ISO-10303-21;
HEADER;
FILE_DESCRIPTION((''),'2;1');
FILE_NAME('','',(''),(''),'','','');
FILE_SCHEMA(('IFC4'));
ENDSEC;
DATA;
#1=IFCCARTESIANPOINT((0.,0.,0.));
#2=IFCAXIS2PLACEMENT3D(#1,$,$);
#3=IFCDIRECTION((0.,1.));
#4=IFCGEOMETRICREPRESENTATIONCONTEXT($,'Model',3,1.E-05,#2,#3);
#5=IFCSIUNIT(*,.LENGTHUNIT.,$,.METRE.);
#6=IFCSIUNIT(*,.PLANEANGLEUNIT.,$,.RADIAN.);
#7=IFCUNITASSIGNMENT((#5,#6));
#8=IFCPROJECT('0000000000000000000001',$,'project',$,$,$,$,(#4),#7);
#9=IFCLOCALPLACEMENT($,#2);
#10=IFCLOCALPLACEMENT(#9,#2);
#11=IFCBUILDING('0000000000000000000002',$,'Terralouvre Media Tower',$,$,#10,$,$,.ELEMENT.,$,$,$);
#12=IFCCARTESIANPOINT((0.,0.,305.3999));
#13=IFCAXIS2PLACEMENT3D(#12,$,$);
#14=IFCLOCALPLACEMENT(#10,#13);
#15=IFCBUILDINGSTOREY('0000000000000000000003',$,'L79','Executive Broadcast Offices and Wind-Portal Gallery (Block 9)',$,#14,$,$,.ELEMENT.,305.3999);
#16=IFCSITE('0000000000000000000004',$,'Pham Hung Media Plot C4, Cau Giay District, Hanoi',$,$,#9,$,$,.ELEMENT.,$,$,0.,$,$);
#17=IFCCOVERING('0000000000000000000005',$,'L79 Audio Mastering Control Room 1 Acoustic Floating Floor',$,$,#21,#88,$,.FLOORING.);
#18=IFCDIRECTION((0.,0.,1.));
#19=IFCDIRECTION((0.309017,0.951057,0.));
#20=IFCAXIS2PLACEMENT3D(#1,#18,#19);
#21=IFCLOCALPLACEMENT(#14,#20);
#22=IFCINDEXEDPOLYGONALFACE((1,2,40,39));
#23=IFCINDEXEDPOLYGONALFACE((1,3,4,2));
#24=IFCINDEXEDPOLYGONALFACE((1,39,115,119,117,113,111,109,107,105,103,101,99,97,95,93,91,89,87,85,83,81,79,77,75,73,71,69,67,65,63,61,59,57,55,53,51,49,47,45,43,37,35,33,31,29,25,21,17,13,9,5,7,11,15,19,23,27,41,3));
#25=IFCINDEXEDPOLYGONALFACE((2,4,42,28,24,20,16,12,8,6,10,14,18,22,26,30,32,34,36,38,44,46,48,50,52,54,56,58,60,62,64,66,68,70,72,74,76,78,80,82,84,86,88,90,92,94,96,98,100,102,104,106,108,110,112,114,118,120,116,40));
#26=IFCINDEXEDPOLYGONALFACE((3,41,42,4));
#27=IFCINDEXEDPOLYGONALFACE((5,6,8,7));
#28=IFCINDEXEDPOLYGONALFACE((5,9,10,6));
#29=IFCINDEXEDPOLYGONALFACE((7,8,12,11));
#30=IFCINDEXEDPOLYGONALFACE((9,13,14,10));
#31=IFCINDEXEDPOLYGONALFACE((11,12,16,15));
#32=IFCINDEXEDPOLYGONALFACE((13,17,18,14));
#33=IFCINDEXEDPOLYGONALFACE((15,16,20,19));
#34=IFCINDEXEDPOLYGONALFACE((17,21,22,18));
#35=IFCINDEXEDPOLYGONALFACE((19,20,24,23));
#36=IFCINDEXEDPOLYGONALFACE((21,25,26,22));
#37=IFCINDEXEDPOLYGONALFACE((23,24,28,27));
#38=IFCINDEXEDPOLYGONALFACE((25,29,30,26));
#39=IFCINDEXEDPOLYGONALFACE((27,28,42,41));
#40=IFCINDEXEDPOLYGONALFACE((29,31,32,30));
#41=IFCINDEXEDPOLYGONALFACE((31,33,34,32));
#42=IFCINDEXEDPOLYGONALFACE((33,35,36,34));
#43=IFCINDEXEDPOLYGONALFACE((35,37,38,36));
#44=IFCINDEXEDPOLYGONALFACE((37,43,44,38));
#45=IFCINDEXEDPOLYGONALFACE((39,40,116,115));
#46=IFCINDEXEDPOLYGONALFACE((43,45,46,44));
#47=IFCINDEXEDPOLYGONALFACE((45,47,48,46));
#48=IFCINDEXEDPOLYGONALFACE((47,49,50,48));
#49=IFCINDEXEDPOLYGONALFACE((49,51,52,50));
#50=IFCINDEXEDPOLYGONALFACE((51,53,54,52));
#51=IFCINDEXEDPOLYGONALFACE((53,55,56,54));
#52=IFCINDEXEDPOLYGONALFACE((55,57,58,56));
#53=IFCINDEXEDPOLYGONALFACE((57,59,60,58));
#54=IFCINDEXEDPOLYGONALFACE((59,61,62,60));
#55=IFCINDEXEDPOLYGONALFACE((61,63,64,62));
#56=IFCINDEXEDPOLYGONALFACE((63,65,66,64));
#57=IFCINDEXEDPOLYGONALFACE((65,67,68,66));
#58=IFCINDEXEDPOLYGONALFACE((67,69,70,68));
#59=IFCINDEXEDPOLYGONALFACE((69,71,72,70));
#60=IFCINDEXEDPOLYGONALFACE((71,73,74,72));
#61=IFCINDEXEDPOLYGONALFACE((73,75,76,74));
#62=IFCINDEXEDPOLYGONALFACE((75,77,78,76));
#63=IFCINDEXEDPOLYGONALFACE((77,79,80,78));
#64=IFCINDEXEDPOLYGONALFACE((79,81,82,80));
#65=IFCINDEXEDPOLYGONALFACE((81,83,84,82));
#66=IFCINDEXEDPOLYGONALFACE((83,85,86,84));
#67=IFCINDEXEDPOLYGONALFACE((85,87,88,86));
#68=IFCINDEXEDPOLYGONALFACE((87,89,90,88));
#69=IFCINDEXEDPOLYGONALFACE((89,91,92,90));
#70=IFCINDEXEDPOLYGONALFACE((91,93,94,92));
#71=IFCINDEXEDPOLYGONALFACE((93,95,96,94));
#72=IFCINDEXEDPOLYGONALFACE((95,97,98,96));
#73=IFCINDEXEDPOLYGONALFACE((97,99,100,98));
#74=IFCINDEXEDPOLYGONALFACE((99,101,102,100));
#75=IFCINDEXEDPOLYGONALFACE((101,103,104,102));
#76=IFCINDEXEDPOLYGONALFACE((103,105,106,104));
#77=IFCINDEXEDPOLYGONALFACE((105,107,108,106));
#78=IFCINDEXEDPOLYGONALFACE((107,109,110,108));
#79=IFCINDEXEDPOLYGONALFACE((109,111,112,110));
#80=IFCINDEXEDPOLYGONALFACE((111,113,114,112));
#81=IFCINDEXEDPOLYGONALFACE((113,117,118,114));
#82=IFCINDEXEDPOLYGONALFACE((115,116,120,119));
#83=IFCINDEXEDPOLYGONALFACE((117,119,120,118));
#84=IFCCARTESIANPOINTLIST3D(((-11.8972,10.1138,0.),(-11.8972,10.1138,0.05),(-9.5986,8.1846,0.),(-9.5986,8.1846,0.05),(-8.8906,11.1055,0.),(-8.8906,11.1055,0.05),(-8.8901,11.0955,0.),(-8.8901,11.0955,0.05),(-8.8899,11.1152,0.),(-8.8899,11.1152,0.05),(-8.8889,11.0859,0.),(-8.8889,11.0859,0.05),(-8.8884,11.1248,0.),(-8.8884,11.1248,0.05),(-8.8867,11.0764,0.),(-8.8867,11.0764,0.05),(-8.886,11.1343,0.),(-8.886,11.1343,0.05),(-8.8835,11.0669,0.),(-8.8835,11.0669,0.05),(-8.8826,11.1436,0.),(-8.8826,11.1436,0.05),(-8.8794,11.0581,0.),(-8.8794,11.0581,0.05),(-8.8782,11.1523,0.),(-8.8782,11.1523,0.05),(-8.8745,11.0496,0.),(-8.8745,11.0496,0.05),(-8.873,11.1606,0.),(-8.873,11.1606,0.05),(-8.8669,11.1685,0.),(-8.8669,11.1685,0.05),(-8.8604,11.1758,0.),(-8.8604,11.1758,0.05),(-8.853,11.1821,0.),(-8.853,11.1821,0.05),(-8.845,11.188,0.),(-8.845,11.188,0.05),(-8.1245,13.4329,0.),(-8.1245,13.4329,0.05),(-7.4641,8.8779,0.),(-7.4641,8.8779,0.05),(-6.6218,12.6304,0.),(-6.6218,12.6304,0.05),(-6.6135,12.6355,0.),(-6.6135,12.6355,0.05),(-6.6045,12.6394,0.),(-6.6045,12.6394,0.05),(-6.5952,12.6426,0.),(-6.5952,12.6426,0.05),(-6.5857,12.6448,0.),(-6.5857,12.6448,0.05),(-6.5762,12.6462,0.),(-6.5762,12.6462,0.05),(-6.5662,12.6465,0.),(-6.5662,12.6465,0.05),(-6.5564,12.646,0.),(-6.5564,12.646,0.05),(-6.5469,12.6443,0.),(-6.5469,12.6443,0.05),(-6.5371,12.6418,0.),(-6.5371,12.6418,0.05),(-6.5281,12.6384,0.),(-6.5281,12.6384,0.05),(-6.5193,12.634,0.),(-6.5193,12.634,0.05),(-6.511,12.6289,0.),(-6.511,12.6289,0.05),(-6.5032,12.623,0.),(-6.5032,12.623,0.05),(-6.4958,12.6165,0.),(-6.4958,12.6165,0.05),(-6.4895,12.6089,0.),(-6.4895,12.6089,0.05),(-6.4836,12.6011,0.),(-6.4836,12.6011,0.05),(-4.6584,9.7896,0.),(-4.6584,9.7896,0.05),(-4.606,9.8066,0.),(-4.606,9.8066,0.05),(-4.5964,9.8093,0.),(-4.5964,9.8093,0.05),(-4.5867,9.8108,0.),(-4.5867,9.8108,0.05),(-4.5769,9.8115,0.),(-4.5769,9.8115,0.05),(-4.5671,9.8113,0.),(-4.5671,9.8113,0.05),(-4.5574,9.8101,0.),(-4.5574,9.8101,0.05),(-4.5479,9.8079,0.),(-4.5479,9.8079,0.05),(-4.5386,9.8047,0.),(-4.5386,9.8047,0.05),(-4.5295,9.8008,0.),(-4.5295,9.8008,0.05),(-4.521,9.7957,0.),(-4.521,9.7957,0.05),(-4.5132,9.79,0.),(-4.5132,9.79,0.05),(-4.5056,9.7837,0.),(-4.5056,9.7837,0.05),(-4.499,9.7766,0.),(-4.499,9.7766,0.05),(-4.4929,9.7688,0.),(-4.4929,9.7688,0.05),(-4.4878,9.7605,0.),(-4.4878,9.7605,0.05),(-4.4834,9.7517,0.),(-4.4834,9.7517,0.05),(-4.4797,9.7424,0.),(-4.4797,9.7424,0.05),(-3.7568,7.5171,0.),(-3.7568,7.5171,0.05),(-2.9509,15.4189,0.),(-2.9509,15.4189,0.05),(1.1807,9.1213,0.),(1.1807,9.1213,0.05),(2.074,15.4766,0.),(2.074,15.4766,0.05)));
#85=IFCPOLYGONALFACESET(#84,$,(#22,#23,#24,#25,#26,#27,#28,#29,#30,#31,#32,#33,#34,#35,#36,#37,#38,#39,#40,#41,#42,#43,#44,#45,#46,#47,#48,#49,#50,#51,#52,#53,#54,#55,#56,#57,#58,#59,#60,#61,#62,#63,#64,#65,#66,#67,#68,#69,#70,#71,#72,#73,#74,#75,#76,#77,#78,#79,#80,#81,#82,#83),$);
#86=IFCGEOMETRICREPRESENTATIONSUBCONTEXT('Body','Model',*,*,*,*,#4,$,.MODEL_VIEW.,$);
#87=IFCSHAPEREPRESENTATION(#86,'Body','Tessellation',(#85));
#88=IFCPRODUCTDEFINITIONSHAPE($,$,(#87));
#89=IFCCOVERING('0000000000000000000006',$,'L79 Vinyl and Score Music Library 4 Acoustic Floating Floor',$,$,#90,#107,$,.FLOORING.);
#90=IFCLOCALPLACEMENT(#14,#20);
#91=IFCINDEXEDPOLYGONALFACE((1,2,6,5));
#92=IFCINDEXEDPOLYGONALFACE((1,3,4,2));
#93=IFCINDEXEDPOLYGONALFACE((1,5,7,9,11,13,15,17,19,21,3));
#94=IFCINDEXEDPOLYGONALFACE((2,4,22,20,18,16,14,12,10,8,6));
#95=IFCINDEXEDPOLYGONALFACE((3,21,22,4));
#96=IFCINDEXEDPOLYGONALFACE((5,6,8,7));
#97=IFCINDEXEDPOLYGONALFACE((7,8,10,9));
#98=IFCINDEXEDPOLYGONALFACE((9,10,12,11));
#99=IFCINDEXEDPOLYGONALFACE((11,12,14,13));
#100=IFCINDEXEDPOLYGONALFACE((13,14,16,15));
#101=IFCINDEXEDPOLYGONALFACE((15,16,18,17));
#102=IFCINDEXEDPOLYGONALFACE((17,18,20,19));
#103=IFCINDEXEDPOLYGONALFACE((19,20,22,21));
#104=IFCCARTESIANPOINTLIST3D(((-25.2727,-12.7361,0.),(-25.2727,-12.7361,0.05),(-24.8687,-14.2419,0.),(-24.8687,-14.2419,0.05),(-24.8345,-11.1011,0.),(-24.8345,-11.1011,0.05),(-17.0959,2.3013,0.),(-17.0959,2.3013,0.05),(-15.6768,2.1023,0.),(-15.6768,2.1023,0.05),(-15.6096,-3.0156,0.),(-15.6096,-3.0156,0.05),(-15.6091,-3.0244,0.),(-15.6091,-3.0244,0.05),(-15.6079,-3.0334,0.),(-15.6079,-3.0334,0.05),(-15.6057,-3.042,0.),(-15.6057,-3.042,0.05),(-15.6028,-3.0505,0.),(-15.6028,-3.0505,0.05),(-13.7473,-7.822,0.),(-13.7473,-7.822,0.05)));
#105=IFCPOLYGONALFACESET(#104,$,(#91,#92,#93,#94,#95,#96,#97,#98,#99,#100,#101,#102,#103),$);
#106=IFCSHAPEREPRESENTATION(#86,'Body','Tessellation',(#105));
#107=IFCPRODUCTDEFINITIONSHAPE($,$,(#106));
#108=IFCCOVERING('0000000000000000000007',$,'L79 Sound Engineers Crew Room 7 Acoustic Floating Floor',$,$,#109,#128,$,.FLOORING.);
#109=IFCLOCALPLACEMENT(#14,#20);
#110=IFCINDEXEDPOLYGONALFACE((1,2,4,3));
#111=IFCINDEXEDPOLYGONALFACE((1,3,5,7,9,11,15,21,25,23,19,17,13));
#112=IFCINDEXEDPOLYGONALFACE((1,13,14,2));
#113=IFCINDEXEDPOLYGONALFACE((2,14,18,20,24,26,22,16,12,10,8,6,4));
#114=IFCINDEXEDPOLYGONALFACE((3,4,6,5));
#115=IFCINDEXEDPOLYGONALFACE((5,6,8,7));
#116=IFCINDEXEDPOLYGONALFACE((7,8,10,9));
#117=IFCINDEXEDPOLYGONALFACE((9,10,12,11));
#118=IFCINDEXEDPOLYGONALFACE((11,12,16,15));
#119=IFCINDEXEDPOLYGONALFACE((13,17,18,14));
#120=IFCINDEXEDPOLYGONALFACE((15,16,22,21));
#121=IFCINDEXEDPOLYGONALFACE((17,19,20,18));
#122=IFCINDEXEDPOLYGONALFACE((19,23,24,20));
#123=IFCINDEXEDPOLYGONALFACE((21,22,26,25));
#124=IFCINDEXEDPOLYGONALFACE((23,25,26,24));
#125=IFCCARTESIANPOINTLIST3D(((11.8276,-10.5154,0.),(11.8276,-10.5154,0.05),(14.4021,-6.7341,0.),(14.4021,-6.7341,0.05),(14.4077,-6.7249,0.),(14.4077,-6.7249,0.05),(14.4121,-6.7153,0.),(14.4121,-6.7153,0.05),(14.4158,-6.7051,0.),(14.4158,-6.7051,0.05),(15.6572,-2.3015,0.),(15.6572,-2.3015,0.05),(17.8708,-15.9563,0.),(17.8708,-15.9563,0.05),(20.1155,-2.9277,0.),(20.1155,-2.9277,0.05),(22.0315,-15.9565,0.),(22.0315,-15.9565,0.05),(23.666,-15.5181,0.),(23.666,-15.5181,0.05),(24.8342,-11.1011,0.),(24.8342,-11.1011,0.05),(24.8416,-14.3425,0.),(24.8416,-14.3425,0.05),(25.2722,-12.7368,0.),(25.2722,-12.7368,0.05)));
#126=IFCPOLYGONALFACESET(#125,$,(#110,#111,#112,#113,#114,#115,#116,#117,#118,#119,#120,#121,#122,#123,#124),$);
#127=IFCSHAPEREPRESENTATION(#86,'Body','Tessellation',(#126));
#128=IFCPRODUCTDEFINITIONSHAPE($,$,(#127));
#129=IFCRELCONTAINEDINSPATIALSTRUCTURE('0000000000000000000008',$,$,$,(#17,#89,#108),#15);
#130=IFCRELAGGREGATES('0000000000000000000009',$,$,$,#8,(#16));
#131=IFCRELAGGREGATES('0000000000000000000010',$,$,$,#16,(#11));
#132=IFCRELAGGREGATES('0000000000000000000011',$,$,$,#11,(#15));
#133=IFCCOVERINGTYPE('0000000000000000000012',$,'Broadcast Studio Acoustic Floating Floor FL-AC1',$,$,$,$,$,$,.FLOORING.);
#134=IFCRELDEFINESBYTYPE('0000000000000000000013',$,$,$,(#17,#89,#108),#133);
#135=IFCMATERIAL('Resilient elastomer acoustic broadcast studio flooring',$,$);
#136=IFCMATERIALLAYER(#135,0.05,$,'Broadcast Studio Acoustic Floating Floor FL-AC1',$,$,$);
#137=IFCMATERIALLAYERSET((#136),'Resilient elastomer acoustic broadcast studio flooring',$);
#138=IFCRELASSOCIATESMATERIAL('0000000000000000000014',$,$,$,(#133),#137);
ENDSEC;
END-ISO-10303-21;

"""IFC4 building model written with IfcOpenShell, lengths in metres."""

from ifc_helpers import new_model, si_unit, direction, frame, origin, place, context, subcontext, project, spatial, polyline, outline, extrude, material, layer, layer_set, type_object, element, save


model = new_model("IFC4")

# Units and contexts
model_context = context("Model", 3, precision=1e-05, world=origin(), true_north=direction((0.0, 1.0)))
body_context = subcontext(model_context, "Body", "Model", "MODEL_VIEW")
ifc_project = project(units=[si_unit("LENGTHUNIT", "METRE"), si_unit("PLANEANGLEUNIT", "RADIAN")], contexts=[model_context])

# Site, building, storey
site_placement = place(None, origin())
site = spatial("IfcSite", under=ifc_project, at=site_placement, Name="Pham Hung Media Plot C4, Cau Giay District, Hanoi", CompositionType="ELEMENT", RefElevation=0.0)
building_placement = place(site_placement, origin())
building = spatial("IfcBuilding", under=site, at=building_placement, Name="Terralouvre Media Tower", CompositionType="ELEMENT")
storey_placement = place(building_placement, frame((0.0, 0.0, 305.3999)))
storey = spatial("IfcBuildingStorey", under=building, at=storey_placement, Name="L79", Description="Executive Broadcast Offices and Wind-Portal Gallery (Block 9)", CompositionType="ELEMENT", Elevation=305.3999)

# Coverings
ifc_material_1 = material(Name="Resilient elastomer acoustic broadcast studio flooring")
ifc_layer_1 = layer(ifc_material_1, 0.05, Name="Broadcast Studio Acoustic Floating Floor FL-AC1")
ifc_layer_set_1 = layer_set([ifc_layer_1], Name="Resilient elastomer acoustic broadcast studio flooring")
covering_type_1 = type_object("IfcCoveringType", Name="Broadcast Studio Acoustic Floating Floor FL-AC1", PredefinedType="FLOORING", material=ifc_layer_set_1)
covering_1_placement = place(storey_placement, frame((0.0, 0.0, 0.0), z_axis=(0.0, 0.0, 1.0), x_axis=(0.309017, 0.951057, 0.0)))
element("IfcCovering", 1, at=covering_1_placement, inside=storey, type_object=covering_type_1, Name="L79 Audio Mastering Control Room 1 Acoustic Floating Floor", PredefinedType="FLOORING", context=body_context, shape_type="SweptSolid", body=[
    extrude(outline(polyline([(-2.9509, 15.4189), (-8.1245, 13.4329), (-11.8972, 10.1138), (-9.5986, 8.1846), (-7.4641, 8.8779), (-8.8745, 11.0496), (-8.8794, 11.0581), (-8.8835, 11.0669), (-8.8867, 11.0764), (-8.8889, 11.0859), (-8.8901, 11.0955), (-8.8906, 11.1055), (-8.8899, 11.1152), (-8.8884, 11.1248), (-8.886, 11.1343), (-8.8826, 11.1436), (-8.8782, 11.1523), (-8.873, 11.1606), (-8.8669, 11.1685), (-8.8604, 11.1758), (-8.853, 11.1821), (-8.845, 11.188), (-6.6218, 12.6304), (-6.6135, 12.6355), (-6.6045, 12.6394), (-6.5952, 12.6426), (-6.5857, 12.6448), (-6.5762, 12.6462), (-6.5662, 12.6465), (-6.5564, 12.646), (-6.5469, 12.6443), (-6.5371, 12.6418), (-6.5281, 12.6384), (-6.5193, 12.634), (-6.511, 12.6289), (-6.5032, 12.623), (-6.4958, 12.6165), (-6.4895, 12.6089), (-6.4836, 12.6011), (-4.6584, 9.7896), (-4.606, 9.8066), (-4.5964, 9.8093), (-4.5867, 9.8108), (-4.5769, 9.8115), (-4.5671, 9.8113), (-4.5574, 9.8101), (-4.5479, 9.8079), (-4.5386, 9.8047), (-4.5295, 9.8008), (-4.521, 9.7957), (-4.5132, 9.79), (-4.5056, 9.7837), (-4.499, 9.7766), (-4.4929, 9.7688), (-4.4878, 9.7605), (-4.4834, 9.7517), (-4.4797, 9.7424), (-3.7568, 7.5171), (1.1807, 9.1213), (2.074, 15.4766), (-2.9509, 15.4189)])), origin(), (0.0, 0.0, 1.0), 0.05),
])
covering_2_placement = place(storey_placement, frame((0.0, 0.0, 0.0), z_axis=(0.0, 0.0, 1.0), x_axis=(0.309017, 0.951057, 0.0)))
element("IfcCovering", 2, at=covering_2_placement, inside=storey, type_object=covering_type_1, Name="L79 Vinyl and Score Music Library 4 Acoustic Floating Floor", PredefinedType="FLOORING", context=body_context, shape_type="SweptSolid", body=[
    extrude(outline(polyline([(-15.6028, -3.0505), (-15.6057, -3.042), (-15.6079, -3.0334), (-15.6091, -3.0244), (-15.6096, -3.0156), (-15.6768, 2.1023), (-17.0959, 2.3013), (-24.8345, -11.1011), (-25.2727, -12.7361), (-24.8687, -14.2419), (-13.7473, -7.822), (-15.6028, -3.0505)])), origin(), (0.0, 0.0, 1.0), 0.05),
])
covering_3_placement = place(storey_placement, frame((0.0, 0.0, 0.0), z_axis=(0.0, 0.0, 1.0), x_axis=(0.309017, 0.951057, 0.0)))
element("IfcCovering", 3, at=covering_3_placement, inside=storey, type_object=covering_type_1, Name="L79 Sound Engineers Crew Room 7 Acoustic Floating Floor", PredefinedType="FLOORING", context=body_context, shape_type="SweptSolid", body=[
    extrude(outline(polyline([(20.1155, -2.9277), (15.6572, -2.3015), (14.4158, -6.7051), (14.4121, -6.7153), (14.4077, -6.7249), (14.4021, -6.7341), (11.8276, -10.5154), (17.8708, -15.9563), (22.0315, -15.9565), (23.666, -15.5181), (24.8416, -14.3425), (25.2722, -12.7368), (24.8342, -11.1011), (20.1155, -2.9277)])), origin(), (0.0, 0.0, 1.0), 0.05),
])

save(model, "model.ifc")
